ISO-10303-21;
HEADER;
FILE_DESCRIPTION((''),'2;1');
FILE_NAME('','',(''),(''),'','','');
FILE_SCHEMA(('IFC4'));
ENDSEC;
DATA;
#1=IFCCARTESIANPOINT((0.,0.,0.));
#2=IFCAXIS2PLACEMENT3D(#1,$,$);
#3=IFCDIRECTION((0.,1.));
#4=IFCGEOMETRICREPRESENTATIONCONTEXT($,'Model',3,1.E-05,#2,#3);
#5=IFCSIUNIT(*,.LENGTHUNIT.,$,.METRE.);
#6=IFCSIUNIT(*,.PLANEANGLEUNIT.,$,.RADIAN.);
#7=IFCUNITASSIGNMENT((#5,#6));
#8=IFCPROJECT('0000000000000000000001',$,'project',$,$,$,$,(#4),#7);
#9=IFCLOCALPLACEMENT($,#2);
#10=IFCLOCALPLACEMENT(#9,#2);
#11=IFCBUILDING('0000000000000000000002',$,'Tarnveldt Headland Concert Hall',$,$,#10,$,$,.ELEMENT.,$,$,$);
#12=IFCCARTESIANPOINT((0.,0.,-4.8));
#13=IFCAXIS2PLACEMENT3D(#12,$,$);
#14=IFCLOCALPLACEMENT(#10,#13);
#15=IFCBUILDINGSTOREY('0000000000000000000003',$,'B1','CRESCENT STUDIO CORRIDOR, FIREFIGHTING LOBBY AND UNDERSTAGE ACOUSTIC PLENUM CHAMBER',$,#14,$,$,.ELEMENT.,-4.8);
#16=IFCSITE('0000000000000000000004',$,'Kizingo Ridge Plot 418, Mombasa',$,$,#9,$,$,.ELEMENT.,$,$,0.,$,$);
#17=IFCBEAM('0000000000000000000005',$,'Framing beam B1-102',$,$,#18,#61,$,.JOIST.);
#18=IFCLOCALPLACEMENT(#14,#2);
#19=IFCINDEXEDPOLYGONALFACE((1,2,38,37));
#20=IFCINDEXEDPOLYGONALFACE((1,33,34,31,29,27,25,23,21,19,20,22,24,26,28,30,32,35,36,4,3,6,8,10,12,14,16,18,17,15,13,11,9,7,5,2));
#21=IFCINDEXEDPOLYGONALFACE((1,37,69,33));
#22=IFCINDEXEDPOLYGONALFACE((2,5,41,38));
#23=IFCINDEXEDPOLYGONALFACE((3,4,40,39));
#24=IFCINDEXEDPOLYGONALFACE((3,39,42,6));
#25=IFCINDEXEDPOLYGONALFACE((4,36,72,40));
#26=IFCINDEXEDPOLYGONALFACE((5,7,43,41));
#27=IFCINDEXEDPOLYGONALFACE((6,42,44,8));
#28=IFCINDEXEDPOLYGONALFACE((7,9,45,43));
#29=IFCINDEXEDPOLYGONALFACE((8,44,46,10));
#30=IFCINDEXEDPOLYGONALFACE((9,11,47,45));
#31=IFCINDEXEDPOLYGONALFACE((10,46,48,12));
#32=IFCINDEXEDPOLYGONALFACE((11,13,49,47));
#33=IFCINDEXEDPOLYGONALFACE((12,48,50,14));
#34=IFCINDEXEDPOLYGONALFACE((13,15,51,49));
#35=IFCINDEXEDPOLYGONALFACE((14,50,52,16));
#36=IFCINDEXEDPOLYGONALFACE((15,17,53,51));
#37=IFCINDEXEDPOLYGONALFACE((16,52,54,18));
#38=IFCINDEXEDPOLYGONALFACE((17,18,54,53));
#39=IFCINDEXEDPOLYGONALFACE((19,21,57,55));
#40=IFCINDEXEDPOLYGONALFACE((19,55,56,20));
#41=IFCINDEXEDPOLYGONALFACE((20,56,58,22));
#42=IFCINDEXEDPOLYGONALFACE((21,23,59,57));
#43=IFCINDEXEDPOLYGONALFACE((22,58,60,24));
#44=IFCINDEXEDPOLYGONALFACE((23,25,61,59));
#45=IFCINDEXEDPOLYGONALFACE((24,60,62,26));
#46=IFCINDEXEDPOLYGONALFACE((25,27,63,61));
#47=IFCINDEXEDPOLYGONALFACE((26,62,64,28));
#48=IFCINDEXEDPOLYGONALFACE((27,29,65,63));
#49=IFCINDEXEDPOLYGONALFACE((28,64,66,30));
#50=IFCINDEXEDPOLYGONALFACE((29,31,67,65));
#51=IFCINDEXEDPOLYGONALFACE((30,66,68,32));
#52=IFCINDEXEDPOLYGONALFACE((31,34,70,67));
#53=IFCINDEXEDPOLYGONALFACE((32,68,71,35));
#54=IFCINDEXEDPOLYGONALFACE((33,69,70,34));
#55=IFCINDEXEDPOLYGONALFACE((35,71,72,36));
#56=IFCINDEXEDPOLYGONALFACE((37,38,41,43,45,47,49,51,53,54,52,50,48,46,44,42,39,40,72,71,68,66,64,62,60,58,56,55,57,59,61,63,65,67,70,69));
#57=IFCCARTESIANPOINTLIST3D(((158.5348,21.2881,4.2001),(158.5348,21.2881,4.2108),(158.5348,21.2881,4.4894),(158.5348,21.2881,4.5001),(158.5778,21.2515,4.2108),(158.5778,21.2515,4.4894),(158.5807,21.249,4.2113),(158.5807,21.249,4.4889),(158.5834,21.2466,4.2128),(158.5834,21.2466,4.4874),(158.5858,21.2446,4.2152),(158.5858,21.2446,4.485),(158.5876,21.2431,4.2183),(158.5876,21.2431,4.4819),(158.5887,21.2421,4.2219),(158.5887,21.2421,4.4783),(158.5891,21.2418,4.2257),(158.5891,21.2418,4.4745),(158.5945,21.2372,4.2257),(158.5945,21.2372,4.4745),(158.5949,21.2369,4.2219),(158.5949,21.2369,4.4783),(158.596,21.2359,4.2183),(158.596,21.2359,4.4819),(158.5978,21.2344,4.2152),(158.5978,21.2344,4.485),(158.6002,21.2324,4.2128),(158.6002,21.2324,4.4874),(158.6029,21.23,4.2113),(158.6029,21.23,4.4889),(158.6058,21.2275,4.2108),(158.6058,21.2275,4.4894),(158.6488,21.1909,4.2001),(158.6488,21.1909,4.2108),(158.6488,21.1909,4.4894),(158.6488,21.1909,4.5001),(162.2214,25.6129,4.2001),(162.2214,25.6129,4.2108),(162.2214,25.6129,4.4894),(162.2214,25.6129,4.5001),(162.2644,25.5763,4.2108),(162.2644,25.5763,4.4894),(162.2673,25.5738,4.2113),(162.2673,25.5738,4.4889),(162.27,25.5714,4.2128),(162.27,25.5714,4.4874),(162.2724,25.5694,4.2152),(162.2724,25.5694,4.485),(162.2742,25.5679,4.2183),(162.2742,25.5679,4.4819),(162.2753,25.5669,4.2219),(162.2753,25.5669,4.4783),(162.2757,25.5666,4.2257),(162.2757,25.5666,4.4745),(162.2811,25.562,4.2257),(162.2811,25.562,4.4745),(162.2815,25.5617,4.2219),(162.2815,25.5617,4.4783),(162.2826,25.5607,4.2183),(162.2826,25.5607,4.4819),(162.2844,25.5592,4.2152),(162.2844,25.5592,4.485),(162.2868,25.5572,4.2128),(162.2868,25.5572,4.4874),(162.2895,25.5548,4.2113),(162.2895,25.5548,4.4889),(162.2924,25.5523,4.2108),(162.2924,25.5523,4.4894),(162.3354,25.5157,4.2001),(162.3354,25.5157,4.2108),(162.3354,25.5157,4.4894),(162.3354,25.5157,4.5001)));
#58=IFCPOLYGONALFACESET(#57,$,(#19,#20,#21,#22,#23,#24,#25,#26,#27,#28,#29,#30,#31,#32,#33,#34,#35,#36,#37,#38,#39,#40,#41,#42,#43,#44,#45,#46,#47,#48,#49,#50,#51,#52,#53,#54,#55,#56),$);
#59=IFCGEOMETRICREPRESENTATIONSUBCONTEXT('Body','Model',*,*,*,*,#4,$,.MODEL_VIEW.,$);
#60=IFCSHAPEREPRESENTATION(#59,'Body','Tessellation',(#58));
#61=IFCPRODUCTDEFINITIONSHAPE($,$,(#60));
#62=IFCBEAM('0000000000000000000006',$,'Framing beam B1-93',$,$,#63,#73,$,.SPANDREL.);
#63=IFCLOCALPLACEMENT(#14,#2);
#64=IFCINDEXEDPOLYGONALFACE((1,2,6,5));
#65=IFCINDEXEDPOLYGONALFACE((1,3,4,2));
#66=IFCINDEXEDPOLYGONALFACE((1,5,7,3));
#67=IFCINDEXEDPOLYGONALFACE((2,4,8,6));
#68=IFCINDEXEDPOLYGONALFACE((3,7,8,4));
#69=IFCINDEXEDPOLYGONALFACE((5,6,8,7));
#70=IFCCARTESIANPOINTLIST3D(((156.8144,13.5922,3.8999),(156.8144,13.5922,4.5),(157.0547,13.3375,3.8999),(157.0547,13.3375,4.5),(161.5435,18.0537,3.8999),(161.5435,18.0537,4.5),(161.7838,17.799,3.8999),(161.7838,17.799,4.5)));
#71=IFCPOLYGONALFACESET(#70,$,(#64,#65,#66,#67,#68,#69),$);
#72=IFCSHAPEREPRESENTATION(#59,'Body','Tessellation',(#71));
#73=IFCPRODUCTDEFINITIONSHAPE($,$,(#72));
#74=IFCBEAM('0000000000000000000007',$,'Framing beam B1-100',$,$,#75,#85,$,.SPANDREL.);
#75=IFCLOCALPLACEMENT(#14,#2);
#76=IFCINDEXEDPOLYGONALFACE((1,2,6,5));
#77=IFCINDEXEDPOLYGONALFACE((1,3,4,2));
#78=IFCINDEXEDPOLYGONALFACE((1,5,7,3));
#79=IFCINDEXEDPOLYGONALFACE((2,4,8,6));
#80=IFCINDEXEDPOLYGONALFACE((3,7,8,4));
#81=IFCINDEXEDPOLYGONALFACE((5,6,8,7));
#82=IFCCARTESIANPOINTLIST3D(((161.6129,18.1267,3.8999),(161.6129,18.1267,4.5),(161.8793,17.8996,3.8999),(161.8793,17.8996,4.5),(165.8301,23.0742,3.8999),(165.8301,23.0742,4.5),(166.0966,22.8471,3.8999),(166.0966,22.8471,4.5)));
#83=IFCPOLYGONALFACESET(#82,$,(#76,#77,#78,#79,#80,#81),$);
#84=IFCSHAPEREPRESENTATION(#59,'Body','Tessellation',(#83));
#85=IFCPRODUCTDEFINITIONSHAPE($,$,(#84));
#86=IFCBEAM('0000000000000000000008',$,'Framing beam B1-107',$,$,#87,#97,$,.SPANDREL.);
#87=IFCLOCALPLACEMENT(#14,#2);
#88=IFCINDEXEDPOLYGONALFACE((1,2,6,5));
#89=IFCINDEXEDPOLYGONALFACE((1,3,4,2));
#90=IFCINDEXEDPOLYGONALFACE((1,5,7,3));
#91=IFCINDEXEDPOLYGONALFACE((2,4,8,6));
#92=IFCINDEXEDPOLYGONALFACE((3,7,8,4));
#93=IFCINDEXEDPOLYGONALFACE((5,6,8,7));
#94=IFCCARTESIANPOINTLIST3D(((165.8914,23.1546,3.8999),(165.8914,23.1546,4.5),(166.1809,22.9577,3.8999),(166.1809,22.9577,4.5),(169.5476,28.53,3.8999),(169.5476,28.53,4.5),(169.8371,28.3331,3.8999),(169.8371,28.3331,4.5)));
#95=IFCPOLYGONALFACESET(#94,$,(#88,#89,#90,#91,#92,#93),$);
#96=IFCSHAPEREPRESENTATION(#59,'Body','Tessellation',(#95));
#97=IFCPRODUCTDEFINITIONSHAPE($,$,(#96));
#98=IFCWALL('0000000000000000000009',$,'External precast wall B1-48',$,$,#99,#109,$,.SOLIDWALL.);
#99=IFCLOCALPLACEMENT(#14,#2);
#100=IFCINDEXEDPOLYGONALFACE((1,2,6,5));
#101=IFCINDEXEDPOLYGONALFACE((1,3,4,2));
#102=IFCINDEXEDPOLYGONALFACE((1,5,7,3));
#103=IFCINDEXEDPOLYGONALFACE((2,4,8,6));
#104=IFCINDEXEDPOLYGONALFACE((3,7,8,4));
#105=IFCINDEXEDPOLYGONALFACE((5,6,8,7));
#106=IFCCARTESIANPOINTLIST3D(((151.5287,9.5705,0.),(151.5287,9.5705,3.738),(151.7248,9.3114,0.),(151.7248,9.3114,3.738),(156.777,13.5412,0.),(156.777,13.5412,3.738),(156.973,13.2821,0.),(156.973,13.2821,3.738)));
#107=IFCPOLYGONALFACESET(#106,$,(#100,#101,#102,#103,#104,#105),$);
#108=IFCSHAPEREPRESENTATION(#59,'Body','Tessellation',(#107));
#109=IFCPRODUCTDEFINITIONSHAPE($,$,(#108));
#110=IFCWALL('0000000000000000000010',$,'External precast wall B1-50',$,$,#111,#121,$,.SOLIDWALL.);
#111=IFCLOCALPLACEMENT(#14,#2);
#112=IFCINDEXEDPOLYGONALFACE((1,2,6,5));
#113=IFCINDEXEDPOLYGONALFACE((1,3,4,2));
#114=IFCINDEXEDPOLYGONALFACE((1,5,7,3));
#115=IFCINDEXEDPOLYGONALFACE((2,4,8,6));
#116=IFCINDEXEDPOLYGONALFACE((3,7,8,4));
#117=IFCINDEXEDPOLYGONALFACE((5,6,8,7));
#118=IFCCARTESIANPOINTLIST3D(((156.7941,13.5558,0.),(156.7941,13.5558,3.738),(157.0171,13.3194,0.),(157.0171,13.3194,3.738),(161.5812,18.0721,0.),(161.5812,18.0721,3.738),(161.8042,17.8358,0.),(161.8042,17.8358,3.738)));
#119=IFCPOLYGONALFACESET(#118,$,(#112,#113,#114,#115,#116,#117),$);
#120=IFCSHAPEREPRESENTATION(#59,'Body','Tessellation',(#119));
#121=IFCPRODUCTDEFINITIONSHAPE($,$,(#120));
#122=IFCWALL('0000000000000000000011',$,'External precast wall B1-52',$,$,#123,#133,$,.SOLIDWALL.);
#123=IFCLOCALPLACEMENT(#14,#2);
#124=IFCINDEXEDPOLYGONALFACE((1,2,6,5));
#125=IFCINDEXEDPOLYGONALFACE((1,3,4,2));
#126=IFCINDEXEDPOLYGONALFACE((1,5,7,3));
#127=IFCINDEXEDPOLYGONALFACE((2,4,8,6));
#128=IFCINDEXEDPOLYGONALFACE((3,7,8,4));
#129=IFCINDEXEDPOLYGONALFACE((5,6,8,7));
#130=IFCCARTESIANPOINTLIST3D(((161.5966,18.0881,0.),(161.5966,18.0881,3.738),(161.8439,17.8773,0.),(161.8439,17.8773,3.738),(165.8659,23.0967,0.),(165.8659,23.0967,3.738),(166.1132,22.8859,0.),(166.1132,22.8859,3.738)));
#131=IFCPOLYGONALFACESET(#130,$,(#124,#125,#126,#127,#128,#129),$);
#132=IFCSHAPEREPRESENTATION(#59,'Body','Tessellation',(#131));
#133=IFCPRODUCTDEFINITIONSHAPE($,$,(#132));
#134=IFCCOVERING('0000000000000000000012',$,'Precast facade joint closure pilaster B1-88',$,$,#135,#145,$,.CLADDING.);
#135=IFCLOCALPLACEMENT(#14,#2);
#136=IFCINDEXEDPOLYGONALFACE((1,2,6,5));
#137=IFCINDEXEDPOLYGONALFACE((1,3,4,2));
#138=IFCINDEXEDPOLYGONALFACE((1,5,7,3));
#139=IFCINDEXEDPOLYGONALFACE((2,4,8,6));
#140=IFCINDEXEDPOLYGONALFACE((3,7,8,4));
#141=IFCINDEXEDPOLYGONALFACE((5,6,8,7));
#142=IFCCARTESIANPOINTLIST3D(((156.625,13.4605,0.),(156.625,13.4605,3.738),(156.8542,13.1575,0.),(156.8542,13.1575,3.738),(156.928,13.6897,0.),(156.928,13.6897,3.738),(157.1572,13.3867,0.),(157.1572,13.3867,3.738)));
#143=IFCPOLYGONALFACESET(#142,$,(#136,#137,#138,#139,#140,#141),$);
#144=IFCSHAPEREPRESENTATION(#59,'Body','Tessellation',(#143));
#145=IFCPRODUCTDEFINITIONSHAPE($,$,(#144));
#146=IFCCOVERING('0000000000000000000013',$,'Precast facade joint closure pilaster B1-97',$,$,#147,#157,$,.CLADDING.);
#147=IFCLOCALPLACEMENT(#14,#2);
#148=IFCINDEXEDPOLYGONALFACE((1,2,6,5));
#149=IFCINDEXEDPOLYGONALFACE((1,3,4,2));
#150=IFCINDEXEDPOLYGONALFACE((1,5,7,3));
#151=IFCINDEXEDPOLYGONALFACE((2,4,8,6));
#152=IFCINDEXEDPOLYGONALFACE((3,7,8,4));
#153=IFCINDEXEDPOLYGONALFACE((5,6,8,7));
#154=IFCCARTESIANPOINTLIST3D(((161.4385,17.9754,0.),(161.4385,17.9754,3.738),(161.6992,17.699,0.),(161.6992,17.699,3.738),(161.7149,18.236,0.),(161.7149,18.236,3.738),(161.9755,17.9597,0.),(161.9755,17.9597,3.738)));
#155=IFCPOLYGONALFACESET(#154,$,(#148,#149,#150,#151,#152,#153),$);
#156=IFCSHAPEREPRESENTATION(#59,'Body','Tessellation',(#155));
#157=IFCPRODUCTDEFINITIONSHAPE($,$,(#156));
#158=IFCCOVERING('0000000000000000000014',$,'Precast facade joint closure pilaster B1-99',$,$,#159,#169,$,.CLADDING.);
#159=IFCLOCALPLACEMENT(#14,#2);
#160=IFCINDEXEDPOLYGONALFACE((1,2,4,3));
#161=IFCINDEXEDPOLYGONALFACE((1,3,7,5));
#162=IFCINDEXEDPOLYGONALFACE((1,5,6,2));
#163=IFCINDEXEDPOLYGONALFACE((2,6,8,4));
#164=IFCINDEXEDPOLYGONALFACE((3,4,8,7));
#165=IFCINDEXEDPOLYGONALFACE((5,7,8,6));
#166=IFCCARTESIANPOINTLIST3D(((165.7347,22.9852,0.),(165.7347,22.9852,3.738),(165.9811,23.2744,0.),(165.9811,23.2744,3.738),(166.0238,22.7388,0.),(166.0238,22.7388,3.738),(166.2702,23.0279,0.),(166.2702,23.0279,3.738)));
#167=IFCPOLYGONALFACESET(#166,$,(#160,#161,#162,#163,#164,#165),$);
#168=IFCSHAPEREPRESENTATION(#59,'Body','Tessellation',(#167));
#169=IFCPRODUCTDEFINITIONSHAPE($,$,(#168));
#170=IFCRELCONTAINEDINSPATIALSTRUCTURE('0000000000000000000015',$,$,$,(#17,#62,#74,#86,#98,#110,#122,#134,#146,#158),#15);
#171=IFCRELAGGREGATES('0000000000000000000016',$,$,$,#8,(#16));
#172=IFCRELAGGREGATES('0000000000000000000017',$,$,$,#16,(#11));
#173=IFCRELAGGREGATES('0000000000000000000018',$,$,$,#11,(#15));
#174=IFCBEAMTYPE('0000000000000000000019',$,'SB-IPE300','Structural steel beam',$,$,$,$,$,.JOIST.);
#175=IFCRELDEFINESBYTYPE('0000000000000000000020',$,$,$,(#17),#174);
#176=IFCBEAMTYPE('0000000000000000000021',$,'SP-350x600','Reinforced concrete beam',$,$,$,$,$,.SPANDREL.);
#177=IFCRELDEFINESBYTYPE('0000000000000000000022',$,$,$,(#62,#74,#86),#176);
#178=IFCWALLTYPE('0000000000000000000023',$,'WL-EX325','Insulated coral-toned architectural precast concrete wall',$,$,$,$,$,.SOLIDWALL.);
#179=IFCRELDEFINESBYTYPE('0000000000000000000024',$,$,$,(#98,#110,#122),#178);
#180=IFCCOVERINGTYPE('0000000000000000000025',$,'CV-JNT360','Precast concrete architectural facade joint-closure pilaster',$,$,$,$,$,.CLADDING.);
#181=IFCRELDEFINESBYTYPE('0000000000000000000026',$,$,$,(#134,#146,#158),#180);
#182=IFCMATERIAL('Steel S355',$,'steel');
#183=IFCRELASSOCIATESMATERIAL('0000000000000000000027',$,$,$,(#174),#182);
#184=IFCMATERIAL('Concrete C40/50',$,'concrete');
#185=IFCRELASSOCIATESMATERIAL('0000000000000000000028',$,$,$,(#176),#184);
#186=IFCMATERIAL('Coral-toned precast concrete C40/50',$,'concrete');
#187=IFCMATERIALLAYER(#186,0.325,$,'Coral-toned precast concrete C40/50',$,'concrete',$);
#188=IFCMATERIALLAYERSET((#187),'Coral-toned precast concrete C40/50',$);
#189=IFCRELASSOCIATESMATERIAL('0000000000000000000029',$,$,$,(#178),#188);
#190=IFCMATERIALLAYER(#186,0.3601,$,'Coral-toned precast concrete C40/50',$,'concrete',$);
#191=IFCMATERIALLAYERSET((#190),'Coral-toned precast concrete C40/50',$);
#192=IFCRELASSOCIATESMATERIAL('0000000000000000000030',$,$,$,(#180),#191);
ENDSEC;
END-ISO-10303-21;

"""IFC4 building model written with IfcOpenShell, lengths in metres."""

from ifc_helpers import new_model, si_unit, direction, frame, frame_2d, origin, origin_2d, place, context, subcontext, project, spatial, rectangle, i_section, extrude, material, layer, layer_set, material_profile, profile_set, type_object, element, save


model = new_model("IFC4")

# Units and contexts
model_context = context("Model", 3, precision=1e-05, world=origin(), true_north=direction((0.0, 1.0)))
body_context = subcontext(model_context, "Body", "Model", "MODEL_VIEW")
ifc_project = project(units=[si_unit("LENGTHUNIT", "METRE"), si_unit("PLANEANGLEUNIT", "RADIAN")], contexts=[model_context])

# Site, building, storey
site_placement = place(None, origin())
site = spatial("IfcSite", under=ifc_project, at=site_placement, Name="Kizingo Ridge Plot 418, Mombasa", CompositionType="ELEMENT", RefElevation=0.0)
building_placement = place(site_placement, origin())
building = spatial("IfcBuilding", under=site, at=building_placement, Name="Tarnveldt Headland Concert Hall", CompositionType="ELEMENT")
storey_placement = place(building_placement, frame((0.0, 0.0, -4.8)))
storey = spatial("IfcBuildingStorey", under=building, at=storey_placement, Name="B1", Description="CRESCENT STUDIO CORRIDOR, FIREFIGHTING LOBBY AND UNDERSTAGE ACOUSTIC PLENUM CHAMBER", CompositionType="ELEMENT", Elevation=-4.8)

# Shared definitions
ifc_material_1 = material(Name="Concrete C40/50", Category="concrete")

# Beams
ifc_material_2 = material(Name="Steel S355", Category="steel")
ifc_material_profile_1 = material_profile(ifc_material_2, i_section(OverallWidth=0.1499, OverallDepth=0.3, WebThickness=0.0071, FlangeThickness=0.0107, FilletRadius=0.0149, at=origin_2d()), Name="IPE300", Category="steel")
ifc_profile_set_1 = profile_set([ifc_material_profile_1], Name="Steel S355")
beam_type_1 = type_object("IfcBeamType", Name="SB-IPE300", Description="Structural steel beam", PredefinedType="JOIST", material=ifc_profile_set_1)
beam_1_placement = place(storey_placement, frame((158.5918, 21.2395, 4.3501), z_axis=(0.648723, 0.761025, 0.0), x_axis=(-0.761025, 0.648723, 0.0)))
element("IfcBeam", 1, at=beam_1_placement, inside=storey, type_object=beam_type_1, Name="Framing beam B1-102", PredefinedType="JOIST", context=body_context, shape_type="SweptSolid", body=[
    extrude(i_section(OverallWidth=0.1499, OverallDepth=0.3, WebThickness=0.0071, FlangeThickness=0.0107, FilletRadius=0.0149, at=origin_2d()), origin(), (0.0, 0.0, 1.0), 5.6829),
])
ifc_material_profile_2 = material_profile(ifc_material_1, rectangle(XDim=0.3501, YDim=0.6001, at=origin_2d()), Name="RC SPANDREL 350x600", Category="concrete")
ifc_profile_set_2 = profile_set([ifc_material_profile_2], Name="Concrete C40/50")
beam_type_2 = type_object("IfcBeamType", Name="SP-350x600", Description="Reinforced concrete beam", PredefinedType="SPANDREL", material=ifc_profile_set_2)
beam_2_placement = place(storey_placement, frame((156.9346, 13.4648, 4.2), z_axis=(0.727386, 0.686229, 0.0), x_axis=(-0.686229, 0.727386, 0.0)))
element("IfcBeam", 2, at=beam_2_placement, inside=storey, type_object=beam_type_2, Name="Framing beam B1-93", PredefinedType="SPANDREL", context=body_context, shape_type="SweptSolid", body=[
    extrude(rectangle(XDim=0.3501, YDim=0.6001, at=origin_2d()), origin(), (0.0, 0.0, 1.0), 6.5015),
])
for number, where, z_axis, x_axis, name in (
    (3, (161.7461, 18.0132, 4.2), (0.648711, 0.761035, 0.0), (-0.761035, 0.648711, 0.0), "Framing beam B1-100"),
    (4, (166.0361, 23.0562, 4.2), (0.562407, 0.826861, 0.0), (-0.826861, 0.562407, 0.0), "Framing beam B1-107"),
):
    element("IfcBeam", number, at=place(storey_placement, frame(where, z_axis=z_axis, x_axis=x_axis)), inside=storey, type_object=beam_type_2, Name=name, PredefinedType="SPANDREL", context=body_context, shape_type="SweptSolid", body=[
        extrude(rectangle(XDim=0.3501, YDim=0.6001, at=origin_2d()), origin(), (0.0, 0.0, 1.0), 6.501),
    ])

# Walls
ifc_material_3 = material(Name="Coral-toned precast concrete C40/50", Category="concrete")
ifc_layer_1 = layer(ifc_material_3, 0.325, Name="Coral-toned precast concrete C40/50", Category="concrete")
ifc_layer_set_1 = layer_set([ifc_layer_1], Name="Coral-toned precast concrete C40/50")
wall_type = type_object("IfcWallType", Name="WL-EX325", Description="Insulated coral-toned architectural precast concrete wall", PredefinedType="SOLIDWALL", material=ifc_layer_set_1)
wall_placement = place(storey_placement, frame((156.875, 13.4116, 0.0), z_axis=(0.0, 0.0, 1.0), x_axis=(-0.797478, -0.603348, 0.0)))
element("IfcWall", 5, at=wall_placement, inside=storey, type_object=wall_type, Name="External precast wall B1-48", PredefinedType="SOLIDWALL", context=body_context, shape_type="SweptSolid", body=[
    extrude(rectangle(XDim=6.5811, YDim=0.325, at=frame_2d((3.2905, 0.0))), origin(), (0.0, 0.0, 1.0), 3.738),
])
for number, where, z_axis, x_axis, name in (
    (6, (161.6926, 17.9539, 0.0), (0.0, 0.0, 1.0), (-0.727377, -0.686238, 0.0), "External precast wall B1-50"),
    (7, (165.9895, 22.9912, 0.0), (0.0, 0.0, 1.0), (-0.648708, -0.761037, 0.0), "External precast wall B1-52"),
):
    element("IfcWall", number, at=place(storey_placement, frame(where, z_axis=z_axis, x_axis=x_axis)), inside=storey, type_object=wall_type, Name=name, PredefinedType="SOLIDWALL", context=body_context, shape_type="SweptSolid", body=[
        extrude(rectangle(XDim=6.5813, YDim=0.325, at=frame_2d((3.2905, 0.0))), origin(), (0.0, 0.0, 1.0), 3.738),
    ])

# Coverings
ifc_layer_2 = layer(ifc_material_3, 0.3601, Name="Coral-toned precast concrete C40/50", Category="concrete")
ifc_layer_set_2 = layer_set([ifc_layer_2], Name="Coral-toned precast concrete C40/50")
covering_type = type_object("IfcCoveringType", Name="CV-JNT360", Description="Precast concrete architectural facade joint-closure pilaster", PredefinedType="CLADDING", material=ifc_layer_set_2)
for number, where, z_axis, x_axis, name in (
    (8, (156.8911, 13.4236, 0.0), (0.0, 0.0, 1.0), (-0.797479, -0.603347, 0.0), "Precast facade joint closure pilaster B1-88"),
    (9, (161.707, 17.9675, 0.0), (0.0, 0.0, 1.0), (-0.727414, -0.686199, 0.0), "Precast facade joint closure pilaster B1-97"),
    (10, (166.0024, 23.0066, 0.0), (0.0, 0.0, 1.0), (-0.648651, -0.761086, 0.0), "Precast facade joint closure pilaster B1-99"),
):
    element("IfcCovering", number, at=place(storey_placement, frame(where, z_axis=z_axis, x_axis=x_axis)), inside=storey, type_object=covering_type, Name=name, PredefinedType="CLADDING", context=body_context, shape_type="SweptSolid", body=[
        extrude(rectangle(XDim=0.3799, YDim=0.3799, at=origin_2d()), origin(), (0.0, 0.0, 1.0), 3.738),
    ])

save(model, "model.ifc")
